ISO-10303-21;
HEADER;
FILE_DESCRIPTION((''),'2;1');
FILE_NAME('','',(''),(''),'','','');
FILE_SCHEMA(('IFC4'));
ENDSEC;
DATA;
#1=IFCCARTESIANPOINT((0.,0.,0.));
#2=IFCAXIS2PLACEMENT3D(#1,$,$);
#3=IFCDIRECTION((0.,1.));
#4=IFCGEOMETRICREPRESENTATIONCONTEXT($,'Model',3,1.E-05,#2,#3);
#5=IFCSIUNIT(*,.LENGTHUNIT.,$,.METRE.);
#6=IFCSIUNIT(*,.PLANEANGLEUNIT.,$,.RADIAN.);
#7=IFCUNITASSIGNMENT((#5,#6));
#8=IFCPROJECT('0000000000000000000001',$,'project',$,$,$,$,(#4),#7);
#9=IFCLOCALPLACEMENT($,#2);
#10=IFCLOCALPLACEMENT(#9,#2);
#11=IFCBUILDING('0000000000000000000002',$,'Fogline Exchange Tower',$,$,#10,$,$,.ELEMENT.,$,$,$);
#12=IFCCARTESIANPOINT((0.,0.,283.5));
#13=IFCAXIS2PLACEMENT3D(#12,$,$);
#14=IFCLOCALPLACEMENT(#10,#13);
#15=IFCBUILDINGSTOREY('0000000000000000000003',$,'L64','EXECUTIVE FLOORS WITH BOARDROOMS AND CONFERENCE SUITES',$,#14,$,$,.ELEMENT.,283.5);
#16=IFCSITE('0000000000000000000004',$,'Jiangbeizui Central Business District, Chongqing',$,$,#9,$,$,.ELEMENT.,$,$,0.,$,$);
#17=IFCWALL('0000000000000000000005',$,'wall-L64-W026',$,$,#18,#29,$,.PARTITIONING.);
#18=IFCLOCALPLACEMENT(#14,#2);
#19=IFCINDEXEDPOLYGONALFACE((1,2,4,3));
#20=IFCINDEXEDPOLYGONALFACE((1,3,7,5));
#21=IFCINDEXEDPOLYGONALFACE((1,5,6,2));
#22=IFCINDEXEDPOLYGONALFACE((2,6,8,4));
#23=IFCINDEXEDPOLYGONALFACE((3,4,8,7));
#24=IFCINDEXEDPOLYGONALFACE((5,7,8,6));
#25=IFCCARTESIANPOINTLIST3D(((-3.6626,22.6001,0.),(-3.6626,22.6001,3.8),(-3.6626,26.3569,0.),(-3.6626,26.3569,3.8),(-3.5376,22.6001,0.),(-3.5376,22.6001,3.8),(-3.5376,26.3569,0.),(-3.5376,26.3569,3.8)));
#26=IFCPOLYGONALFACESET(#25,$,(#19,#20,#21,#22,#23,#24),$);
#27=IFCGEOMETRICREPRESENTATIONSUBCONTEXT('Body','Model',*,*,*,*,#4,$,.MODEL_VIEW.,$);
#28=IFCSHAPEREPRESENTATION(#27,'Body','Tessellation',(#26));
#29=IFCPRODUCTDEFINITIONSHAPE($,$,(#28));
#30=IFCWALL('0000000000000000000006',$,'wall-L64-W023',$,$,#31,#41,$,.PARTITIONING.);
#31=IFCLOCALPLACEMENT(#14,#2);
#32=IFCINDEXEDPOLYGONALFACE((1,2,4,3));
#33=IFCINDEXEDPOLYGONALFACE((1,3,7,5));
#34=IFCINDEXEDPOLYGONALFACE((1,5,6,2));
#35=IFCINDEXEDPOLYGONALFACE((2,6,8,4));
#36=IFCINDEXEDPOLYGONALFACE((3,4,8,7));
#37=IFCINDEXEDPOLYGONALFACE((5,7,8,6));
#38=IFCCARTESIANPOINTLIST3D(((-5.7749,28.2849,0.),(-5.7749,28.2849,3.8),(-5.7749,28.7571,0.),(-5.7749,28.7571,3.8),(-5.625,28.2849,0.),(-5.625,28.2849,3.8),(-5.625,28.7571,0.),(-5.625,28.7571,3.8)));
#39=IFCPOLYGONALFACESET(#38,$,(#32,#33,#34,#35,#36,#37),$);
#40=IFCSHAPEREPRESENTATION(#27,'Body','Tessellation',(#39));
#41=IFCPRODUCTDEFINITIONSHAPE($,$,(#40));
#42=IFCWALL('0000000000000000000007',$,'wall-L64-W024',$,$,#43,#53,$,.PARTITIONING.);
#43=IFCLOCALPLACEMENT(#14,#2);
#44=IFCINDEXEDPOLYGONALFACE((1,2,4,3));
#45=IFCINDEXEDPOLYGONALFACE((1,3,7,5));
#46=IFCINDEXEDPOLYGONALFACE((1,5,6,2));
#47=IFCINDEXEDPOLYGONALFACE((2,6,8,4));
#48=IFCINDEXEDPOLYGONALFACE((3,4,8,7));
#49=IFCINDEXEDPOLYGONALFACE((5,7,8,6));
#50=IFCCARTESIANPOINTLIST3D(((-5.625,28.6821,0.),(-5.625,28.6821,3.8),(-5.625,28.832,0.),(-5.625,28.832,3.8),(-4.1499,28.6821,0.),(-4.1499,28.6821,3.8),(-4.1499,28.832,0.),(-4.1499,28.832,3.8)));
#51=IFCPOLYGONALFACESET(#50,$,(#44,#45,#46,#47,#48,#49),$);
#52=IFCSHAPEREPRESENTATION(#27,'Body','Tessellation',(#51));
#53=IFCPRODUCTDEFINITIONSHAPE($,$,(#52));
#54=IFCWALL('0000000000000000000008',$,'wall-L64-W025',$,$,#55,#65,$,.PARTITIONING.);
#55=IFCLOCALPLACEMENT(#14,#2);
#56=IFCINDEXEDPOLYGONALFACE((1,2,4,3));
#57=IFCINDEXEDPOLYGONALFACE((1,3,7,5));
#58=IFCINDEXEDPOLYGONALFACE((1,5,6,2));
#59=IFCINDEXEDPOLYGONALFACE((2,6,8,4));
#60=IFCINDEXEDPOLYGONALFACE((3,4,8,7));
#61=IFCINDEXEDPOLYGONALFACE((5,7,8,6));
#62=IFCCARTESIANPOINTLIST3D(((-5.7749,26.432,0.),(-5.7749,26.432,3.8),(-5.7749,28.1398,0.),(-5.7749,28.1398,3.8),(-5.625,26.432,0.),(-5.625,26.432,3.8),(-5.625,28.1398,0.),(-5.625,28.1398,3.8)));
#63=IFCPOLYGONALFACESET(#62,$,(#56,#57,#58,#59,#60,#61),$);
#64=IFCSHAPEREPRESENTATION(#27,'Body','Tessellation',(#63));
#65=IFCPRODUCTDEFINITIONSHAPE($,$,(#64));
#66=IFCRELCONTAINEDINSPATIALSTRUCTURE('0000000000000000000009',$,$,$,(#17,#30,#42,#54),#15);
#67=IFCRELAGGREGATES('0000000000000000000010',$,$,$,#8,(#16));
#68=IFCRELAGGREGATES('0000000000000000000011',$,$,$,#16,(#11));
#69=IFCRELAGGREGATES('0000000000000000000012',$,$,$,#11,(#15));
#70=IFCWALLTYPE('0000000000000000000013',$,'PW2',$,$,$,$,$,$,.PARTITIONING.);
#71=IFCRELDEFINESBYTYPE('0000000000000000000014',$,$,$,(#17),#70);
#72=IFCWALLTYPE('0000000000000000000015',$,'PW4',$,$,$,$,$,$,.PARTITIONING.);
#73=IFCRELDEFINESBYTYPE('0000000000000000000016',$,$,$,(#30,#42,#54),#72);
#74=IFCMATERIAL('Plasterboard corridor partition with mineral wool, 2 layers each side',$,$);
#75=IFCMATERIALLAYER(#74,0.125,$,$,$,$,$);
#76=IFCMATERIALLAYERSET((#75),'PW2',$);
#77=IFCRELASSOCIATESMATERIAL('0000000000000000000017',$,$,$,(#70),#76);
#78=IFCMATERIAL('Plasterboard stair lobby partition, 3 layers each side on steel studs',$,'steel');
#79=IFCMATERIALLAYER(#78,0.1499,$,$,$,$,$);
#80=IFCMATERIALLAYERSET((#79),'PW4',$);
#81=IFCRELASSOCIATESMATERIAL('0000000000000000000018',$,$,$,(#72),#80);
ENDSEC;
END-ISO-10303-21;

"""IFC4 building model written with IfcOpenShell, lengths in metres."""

from ifc_helpers import new_model, si_unit, direction, frame, frame_2d, origin, place, context, subcontext, project, spatial, rectangle, extrude, material, layer, layer_set, type_object, element, save


model = new_model("IFC4")

# Units and contexts
model_context = context("Model", 3, precision=1e-05, world=origin(), true_north=direction((0.0, 1.0)))
body_context = subcontext(model_context, "Body", "Model", "MODEL_VIEW")
ifc_project = project(units=[si_unit("LENGTHUNIT", "METRE"), si_unit("PLANEANGLEUNIT", "RADIAN")], contexts=[model_context])

# Site, building, storey
site_placement = place(None, origin())
site = spatial("IfcSite", under=ifc_project, at=site_placement, Name="Jiangbeizui Central Business District, Chongqing", CompositionType="ELEMENT", RefElevation=0.0)
building_placement = place(site_placement, origin())
building = spatial("IfcBuilding", under=site, at=building_placement, Name="Fogline Exchange Tower", CompositionType="ELEMENT")
storey_placement = place(building_placement, frame((0.0, 0.0, 283.5)))
storey = spatial("IfcBuildingStorey", under=building, at=storey_placement, Name="L64", Description="EXECUTIVE FLOORS WITH BOARDROOMS AND CONFERENCE SUITES", CompositionType="ELEMENT", Elevation=283.5)

# Walls
ifc_material_1 = material(Name="Plasterboard corridor partition with mineral wool, 2 layers each side")
ifc_layer_1 = layer(ifc_material_1, 0.125)
ifc_layer_set_1 = layer_set([ifc_layer_1], Name="PW2")
wall_type_1 = type_object("IfcWallType", Name="PW2", PredefinedType="PARTITIONING", material=ifc_layer_set_1)
wall_1_placement = place(storey_placement, frame((-3.6001, 26.3569, 0.0), z_axis=(0.0, 0.0, 1.0), x_axis=(0.0, -1.0, 0.0)))
element("IfcWall", 1, at=wall_1_placement, inside=storey, type_object=wall_type_1, Name="wall-L64-W026", PredefinedType="PARTITIONING", context=body_context, shape_type="SweptSolid", body=[
    extrude(rectangle(XDim=3.7568, YDim=0.125, at=frame_2d((1.8784, 0.0))), origin(), (0.0, 0.0, 1.0), 3.8),
])
ifc_material_2 = material(Name="Plasterboard stair lobby partition, 3 layers each side on steel studs", Category="steel")
ifc_layer_2 = layer(ifc_material_2, 0.1499)
ifc_layer_set_2 = layer_set([ifc_layer_2], Name="PW4")
wall_type_2 = type_object("IfcWallType", Name="PW4", PredefinedType="PARTITIONING", material=ifc_layer_set_2)
wall_2_placement = place(storey_placement, frame((-5.7, 28.2849, 0.0), z_axis=(0.0, 0.0, 1.0), x_axis=(0.0, 1.0, 0.0)))
element("IfcWall", 2, at=wall_2_placement, inside=storey, type_object=wall_type_2, Name="wall-L64-W023", PredefinedType="PARTITIONING", context=body_context, shape_type="SweptSolid", body=[
    extrude(rectangle(XDim=0.4722, YDim=0.1499, at=frame_2d((0.2361, 0.0))), origin(), (0.0, 0.0, 1.0), 3.8),
])
wall_3_placement = place(storey_placement, frame((-5.625, 28.7571, 0.0), z_axis=(0.0, 0.0, 1.0), x_axis=(1.0, 0.0, 0.0)))
element("IfcWall", 3, at=wall_3_placement, inside=storey, type_object=wall_type_2, Name="wall-L64-W024", PredefinedType="PARTITIONING", context=body_context, shape_type="SweptSolid", body=[
    extrude(rectangle(XDim=1.4751, YDim=0.1499, at=frame_2d((0.7375, 0.0))), origin(), (0.0, 0.0, 1.0), 3.8),
])
wall_4_placement = place(storey_placement, frame((-5.7, 26.4319, 0.0), z_axis=(0.0, 0.0, 1.0), x_axis=(0.0, 1.0, 0.0)))
element("IfcWall", 4, at=wall_4_placement, inside=storey, type_object=wall_type_2, Name="wall-L64-W025", PredefinedType="PARTITIONING", context=body_context, shape_type="SweptSolid", body=[
    extrude(rectangle(XDim=1.7078, YDim=0.1499, at=frame_2d((0.854, 0.0))), origin(), (0.0, 0.0, 1.0), 3.8),
])

save(model, "model.ifc")
